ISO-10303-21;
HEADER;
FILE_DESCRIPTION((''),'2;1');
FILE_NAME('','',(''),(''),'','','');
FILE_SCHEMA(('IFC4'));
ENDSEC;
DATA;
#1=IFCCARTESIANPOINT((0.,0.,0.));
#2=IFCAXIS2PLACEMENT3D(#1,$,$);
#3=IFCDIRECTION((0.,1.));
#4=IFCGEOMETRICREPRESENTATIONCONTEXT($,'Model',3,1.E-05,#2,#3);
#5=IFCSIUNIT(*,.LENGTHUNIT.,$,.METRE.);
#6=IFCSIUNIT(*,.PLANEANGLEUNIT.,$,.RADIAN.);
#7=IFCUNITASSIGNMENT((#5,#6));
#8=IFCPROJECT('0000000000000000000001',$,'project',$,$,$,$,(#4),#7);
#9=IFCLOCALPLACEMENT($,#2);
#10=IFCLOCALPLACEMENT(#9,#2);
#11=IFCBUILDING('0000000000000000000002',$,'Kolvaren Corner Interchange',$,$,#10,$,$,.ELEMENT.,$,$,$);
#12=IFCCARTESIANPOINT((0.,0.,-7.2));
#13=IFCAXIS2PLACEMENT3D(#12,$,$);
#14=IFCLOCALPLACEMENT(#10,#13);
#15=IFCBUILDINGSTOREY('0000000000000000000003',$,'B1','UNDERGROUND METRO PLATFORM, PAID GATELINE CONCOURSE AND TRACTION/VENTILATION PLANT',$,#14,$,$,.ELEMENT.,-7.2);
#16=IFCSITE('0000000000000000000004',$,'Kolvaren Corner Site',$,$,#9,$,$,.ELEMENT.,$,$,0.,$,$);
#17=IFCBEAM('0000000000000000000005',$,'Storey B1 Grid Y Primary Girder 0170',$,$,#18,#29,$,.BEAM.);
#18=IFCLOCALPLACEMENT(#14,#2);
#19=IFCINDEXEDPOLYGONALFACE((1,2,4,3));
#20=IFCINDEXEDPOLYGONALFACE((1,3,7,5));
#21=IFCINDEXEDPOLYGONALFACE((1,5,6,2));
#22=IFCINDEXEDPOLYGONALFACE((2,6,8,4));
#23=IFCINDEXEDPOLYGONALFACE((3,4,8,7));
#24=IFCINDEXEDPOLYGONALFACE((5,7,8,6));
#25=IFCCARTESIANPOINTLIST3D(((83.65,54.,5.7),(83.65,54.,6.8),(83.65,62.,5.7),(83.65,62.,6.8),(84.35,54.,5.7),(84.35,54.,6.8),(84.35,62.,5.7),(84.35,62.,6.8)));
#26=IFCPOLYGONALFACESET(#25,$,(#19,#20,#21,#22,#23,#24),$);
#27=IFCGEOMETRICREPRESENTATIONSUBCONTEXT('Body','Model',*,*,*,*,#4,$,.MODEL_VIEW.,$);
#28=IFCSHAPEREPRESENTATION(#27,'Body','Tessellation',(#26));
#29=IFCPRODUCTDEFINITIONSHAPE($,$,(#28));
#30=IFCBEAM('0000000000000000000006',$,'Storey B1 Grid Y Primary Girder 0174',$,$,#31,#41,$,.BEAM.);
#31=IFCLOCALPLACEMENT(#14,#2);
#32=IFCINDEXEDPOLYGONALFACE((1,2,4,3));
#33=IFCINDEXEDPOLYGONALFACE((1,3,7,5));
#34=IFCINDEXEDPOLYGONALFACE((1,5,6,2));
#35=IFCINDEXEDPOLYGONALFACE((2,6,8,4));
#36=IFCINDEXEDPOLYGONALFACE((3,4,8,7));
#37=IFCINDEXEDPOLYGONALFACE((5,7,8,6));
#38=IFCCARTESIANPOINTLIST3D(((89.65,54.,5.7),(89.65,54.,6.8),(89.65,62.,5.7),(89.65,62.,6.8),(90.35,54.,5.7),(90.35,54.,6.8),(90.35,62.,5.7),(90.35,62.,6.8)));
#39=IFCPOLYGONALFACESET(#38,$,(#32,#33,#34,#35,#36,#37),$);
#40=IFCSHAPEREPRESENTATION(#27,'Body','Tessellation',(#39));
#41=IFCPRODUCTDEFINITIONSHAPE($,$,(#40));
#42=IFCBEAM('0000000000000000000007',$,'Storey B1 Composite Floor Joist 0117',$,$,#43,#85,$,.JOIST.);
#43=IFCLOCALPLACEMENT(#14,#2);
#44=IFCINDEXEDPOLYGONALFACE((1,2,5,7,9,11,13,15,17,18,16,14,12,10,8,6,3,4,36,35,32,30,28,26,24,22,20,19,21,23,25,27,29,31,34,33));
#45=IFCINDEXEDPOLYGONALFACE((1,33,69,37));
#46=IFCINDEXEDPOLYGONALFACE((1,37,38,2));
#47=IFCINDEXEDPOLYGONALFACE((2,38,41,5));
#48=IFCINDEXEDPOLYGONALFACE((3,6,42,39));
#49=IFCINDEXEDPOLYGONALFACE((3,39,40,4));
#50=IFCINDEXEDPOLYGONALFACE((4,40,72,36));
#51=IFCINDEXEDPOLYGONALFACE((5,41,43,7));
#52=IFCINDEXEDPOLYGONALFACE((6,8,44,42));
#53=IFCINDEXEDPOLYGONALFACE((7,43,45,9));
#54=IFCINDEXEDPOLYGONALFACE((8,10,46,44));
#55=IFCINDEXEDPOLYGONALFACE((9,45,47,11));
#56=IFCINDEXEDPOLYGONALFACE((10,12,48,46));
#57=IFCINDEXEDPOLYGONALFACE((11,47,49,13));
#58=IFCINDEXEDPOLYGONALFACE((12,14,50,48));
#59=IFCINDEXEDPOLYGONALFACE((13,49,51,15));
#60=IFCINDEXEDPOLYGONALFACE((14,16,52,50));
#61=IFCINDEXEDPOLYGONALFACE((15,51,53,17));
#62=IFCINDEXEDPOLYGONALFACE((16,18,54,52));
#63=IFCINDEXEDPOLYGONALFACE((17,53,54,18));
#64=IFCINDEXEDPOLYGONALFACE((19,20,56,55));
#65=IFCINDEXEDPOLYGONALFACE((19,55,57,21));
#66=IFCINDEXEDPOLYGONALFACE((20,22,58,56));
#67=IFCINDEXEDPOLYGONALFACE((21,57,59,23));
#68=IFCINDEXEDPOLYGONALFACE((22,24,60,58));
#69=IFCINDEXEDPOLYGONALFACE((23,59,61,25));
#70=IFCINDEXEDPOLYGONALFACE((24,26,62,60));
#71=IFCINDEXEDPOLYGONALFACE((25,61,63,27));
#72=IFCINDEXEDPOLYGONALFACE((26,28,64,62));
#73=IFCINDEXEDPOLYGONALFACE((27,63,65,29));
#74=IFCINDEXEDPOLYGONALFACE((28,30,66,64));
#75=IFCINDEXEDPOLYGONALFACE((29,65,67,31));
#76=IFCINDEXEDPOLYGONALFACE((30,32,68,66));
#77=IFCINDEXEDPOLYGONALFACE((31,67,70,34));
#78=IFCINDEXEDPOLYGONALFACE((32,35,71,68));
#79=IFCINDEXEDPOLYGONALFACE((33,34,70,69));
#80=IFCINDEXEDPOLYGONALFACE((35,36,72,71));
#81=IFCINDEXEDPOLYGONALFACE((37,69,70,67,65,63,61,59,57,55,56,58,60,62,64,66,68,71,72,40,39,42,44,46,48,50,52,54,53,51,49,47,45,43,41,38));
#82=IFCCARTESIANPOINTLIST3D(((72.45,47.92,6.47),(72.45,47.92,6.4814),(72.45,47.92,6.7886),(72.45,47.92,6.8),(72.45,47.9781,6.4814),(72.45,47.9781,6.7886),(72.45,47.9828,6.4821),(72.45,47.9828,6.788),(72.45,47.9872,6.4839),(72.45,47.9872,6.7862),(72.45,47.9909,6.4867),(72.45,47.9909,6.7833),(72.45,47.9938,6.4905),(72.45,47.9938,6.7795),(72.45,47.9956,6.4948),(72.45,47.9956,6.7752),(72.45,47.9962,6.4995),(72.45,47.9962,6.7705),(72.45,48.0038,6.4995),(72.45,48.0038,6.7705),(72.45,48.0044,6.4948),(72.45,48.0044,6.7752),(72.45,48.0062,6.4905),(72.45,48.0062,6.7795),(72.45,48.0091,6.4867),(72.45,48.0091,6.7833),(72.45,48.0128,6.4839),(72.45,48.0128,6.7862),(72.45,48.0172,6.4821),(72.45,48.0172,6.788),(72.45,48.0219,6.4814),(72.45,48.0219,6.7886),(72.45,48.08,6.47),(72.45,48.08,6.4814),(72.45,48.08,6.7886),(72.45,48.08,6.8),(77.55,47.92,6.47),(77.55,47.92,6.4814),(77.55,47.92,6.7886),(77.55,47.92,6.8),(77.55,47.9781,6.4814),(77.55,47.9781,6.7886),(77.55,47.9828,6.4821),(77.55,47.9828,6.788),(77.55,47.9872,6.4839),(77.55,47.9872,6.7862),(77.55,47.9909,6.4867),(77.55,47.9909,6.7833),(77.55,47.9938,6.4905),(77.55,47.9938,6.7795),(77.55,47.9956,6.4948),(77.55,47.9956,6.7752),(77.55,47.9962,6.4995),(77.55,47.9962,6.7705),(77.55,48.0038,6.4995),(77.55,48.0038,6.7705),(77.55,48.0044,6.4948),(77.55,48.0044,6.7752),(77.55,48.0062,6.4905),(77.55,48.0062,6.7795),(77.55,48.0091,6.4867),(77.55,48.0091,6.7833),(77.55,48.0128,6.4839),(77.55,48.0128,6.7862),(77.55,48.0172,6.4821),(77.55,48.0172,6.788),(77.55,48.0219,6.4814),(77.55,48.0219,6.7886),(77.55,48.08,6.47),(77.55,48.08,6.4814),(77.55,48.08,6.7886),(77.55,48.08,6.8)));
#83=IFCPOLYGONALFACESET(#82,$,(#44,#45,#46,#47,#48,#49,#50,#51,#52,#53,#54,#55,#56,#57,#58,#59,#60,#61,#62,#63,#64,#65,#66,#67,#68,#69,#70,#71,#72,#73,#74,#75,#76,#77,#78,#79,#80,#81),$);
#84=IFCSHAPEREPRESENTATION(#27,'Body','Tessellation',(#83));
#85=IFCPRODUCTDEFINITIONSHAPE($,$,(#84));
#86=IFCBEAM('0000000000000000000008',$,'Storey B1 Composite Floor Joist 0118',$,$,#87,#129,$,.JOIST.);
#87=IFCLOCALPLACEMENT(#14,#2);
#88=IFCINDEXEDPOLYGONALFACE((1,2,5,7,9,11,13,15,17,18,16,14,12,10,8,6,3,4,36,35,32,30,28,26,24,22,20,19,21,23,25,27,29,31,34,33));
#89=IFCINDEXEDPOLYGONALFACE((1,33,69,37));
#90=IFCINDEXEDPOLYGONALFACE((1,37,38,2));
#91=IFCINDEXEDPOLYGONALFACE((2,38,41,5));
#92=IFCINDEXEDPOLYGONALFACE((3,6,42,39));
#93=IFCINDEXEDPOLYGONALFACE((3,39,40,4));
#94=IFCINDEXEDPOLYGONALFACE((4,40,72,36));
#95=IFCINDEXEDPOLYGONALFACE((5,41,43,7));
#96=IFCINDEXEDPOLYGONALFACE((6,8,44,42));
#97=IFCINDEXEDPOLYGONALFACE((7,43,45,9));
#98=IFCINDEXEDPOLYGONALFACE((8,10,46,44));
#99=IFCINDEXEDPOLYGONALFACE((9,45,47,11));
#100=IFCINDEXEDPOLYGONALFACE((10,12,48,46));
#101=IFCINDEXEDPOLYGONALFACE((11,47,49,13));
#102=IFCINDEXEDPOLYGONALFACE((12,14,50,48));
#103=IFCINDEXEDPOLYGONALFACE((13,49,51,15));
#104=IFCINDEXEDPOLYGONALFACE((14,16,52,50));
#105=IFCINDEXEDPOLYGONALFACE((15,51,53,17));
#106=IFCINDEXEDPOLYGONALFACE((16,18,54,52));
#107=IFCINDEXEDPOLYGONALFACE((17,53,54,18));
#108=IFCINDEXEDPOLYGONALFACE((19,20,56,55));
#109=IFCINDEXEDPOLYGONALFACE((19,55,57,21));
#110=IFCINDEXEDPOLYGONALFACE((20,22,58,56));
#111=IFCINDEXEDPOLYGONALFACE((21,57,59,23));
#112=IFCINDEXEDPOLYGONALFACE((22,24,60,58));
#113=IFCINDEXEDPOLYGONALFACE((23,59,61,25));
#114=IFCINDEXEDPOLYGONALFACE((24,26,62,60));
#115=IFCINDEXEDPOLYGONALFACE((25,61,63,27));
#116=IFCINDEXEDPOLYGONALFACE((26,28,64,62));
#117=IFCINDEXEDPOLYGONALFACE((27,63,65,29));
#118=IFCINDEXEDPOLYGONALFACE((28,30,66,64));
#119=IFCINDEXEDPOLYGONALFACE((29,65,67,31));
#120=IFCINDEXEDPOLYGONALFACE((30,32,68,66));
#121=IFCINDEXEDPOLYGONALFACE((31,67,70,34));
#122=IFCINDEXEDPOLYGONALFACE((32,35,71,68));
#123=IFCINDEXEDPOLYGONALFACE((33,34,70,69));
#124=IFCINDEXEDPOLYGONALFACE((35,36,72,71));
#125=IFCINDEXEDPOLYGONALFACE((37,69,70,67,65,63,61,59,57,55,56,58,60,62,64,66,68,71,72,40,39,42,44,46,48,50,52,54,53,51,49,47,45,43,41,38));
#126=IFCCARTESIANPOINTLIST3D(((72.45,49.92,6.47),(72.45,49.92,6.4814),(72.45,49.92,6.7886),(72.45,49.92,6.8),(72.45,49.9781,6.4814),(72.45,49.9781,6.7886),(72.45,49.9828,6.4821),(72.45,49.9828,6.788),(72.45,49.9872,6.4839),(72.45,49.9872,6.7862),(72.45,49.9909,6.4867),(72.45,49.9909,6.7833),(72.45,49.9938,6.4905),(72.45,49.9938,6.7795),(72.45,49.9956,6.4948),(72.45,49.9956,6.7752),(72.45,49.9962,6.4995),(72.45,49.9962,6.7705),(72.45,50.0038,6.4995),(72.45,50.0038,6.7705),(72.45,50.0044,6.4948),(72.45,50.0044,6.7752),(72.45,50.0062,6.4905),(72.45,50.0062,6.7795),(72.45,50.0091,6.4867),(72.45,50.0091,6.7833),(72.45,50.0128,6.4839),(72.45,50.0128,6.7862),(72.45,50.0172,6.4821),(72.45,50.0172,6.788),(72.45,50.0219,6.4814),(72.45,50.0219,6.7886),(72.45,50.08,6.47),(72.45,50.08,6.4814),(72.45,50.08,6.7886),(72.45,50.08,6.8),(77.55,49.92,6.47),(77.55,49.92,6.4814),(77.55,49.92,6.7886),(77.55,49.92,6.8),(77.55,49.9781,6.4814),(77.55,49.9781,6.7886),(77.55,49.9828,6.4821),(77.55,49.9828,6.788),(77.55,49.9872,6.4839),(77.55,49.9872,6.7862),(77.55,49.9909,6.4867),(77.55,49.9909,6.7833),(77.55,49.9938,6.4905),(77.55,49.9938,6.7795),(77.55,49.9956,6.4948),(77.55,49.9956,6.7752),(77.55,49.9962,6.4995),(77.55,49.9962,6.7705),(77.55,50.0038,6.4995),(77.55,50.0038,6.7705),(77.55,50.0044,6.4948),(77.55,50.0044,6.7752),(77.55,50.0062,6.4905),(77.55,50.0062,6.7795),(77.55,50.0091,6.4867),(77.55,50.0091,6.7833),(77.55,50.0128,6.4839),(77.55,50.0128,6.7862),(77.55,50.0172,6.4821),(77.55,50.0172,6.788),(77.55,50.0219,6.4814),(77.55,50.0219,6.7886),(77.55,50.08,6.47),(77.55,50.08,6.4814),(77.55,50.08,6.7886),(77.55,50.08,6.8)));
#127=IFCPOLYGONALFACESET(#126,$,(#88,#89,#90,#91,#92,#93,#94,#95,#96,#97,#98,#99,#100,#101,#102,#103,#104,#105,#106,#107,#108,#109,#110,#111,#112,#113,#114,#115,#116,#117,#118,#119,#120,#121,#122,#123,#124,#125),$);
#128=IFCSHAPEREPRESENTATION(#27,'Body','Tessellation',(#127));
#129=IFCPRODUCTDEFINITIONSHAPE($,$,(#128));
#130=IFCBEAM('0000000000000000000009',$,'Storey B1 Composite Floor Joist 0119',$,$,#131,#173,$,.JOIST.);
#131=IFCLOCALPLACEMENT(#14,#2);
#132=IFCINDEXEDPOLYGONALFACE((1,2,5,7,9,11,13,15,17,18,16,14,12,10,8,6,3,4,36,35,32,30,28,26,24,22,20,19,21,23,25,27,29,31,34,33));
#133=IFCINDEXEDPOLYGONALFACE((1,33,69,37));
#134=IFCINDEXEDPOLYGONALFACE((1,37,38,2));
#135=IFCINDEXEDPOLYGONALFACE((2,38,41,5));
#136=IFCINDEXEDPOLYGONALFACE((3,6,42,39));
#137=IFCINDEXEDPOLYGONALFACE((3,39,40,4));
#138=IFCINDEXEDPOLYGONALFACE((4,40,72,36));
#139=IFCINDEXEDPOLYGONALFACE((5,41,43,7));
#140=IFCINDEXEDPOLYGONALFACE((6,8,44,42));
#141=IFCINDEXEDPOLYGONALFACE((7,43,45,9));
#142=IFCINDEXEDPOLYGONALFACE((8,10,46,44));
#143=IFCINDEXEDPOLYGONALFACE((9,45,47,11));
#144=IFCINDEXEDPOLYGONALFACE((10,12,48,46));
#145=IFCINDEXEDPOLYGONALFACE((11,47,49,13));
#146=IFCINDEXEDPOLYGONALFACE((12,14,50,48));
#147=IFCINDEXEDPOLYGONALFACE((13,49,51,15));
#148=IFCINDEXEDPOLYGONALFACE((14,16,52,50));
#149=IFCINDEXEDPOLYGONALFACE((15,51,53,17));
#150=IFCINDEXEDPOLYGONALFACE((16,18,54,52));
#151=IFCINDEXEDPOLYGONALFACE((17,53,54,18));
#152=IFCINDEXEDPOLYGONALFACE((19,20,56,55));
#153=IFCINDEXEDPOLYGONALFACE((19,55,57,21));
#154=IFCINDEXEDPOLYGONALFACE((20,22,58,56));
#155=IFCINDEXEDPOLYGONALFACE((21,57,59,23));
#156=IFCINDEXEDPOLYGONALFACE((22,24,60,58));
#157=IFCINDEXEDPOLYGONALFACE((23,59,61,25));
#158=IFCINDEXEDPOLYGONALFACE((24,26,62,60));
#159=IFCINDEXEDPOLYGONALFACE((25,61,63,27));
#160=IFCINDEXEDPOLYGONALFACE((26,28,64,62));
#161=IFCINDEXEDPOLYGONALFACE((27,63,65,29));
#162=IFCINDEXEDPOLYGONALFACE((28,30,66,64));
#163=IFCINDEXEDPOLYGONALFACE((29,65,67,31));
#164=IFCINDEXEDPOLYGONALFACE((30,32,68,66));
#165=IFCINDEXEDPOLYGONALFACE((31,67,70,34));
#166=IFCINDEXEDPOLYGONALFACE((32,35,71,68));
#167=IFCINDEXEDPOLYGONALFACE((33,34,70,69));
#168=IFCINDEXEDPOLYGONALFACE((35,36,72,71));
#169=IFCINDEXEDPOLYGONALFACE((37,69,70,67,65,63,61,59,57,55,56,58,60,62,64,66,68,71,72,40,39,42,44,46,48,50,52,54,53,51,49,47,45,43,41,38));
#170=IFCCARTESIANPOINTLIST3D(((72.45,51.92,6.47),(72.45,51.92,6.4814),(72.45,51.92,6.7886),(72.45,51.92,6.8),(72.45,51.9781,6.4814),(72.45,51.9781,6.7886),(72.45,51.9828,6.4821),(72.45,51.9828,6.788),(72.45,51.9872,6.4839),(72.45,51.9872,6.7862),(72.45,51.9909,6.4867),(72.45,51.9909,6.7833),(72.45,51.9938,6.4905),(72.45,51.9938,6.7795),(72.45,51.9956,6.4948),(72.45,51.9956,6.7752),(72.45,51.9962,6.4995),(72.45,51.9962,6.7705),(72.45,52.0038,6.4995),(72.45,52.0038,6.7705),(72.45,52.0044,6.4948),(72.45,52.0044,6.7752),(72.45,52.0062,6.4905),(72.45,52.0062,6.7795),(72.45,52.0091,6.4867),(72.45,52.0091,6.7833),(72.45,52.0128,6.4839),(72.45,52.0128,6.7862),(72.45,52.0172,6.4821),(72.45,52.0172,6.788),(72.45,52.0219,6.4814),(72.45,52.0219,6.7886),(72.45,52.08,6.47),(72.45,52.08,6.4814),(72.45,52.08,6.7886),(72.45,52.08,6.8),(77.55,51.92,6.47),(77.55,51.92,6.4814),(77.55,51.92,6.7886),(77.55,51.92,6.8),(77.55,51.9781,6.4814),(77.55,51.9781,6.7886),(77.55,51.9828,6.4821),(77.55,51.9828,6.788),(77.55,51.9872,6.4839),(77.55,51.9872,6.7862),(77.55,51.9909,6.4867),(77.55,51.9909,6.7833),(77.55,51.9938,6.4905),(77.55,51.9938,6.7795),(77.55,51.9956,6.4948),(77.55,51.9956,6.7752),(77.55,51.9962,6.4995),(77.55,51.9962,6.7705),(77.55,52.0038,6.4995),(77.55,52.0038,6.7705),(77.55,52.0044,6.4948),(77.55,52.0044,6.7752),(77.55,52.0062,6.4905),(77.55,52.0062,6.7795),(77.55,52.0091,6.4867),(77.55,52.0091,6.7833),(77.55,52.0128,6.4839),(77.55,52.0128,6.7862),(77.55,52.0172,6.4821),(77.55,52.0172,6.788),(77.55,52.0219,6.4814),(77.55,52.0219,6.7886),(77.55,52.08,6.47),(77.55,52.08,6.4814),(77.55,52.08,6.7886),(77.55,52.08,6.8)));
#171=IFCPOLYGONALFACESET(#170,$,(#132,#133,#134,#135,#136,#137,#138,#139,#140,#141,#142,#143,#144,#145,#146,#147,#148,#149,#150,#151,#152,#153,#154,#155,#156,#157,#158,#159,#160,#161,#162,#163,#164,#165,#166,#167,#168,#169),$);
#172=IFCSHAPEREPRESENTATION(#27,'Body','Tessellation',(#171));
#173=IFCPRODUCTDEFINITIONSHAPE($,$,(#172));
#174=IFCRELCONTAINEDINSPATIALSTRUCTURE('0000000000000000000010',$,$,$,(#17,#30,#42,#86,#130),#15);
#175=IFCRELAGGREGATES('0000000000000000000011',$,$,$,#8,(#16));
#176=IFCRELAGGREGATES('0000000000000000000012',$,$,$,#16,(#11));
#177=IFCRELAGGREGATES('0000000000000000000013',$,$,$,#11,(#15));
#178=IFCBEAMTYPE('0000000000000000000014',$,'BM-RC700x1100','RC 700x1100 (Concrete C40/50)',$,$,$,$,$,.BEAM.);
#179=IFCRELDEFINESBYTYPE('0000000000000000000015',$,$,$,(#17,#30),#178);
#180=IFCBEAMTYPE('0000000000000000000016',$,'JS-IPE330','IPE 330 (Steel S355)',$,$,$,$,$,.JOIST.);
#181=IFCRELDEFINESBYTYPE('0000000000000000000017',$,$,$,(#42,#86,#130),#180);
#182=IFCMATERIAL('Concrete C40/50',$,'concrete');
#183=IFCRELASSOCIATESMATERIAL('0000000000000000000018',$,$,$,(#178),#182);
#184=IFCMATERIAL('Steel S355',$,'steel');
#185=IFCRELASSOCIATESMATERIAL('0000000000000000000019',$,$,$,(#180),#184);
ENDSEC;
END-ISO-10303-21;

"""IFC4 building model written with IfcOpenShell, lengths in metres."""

from ifc_helpers import new_model, si_unit, direction, frame, origin, origin_2d, place, context, subcontext, project, spatial, rectangle, i_section, extrude, material, material_profile, profile_set, type_object, element, save


model = new_model("IFC4")

# Units and contexts
model_context = context("Model", 3, precision=1e-05, world=origin(), true_north=direction((0.0, 1.0)))
body_context = subcontext(model_context, "Body", "Model", "MODEL_VIEW")
ifc_project = project(units=[si_unit("LENGTHUNIT", "METRE"), si_unit("PLANEANGLEUNIT", "RADIAN")], contexts=[model_context])

# Site, building, storey
site_placement = place(None, origin())
site = spatial("IfcSite", under=ifc_project, at=site_placement, Name="Kolvaren Corner Site", CompositionType="ELEMENT", RefElevation=0.0)
building_placement = place(site_placement, origin())
building = spatial("IfcBuilding", under=site, at=building_placement, Name="Kolvaren Corner Interchange", CompositionType="ELEMENT")
storey_placement = place(building_placement, frame((0.0, 0.0, -7.2)))
storey = spatial("IfcBuildingStorey", under=building, at=storey_placement, Name="B1", Description="UNDERGROUND METRO PLATFORM, PAID GATELINE CONCOURSE AND TRACTION/VENTILATION PLANT", CompositionType="ELEMENT", Elevation=-7.2)

# Beams
ifc_material_1 = material(Name="Concrete C40/50", Category="concrete")
ifc_material_profile_1 = material_profile(ifc_material_1, rectangle(XDim=0.7, YDim=1.1001, at=origin_2d()), Name="RC 700x1100")
ifc_profile_set_1 = profile_set([ifc_material_profile_1], Name="Concrete C40/50")
beam_type_1 = type_object("IfcBeamType", Name="BM-RC700x1100", Description="RC 700x1100 (Concrete C40/50)", PredefinedType="BEAM", material=ifc_profile_set_1)
for number, where, z_axis, x_axis, name in (
    (1, (84.0, 54.0, 6.25), (0.0, 1.0, 0.0), (-1.0, 0.0, 0.0), "Storey B1 Grid Y Primary Girder 0170"),
    (2, (90.0, 54.0, 6.25), (0.0, 1.0, 0.0), (-1.0, 0.0, 0.0), "Storey B1 Grid Y Primary Girder 0174"),
):
    element("IfcBeam", number, at=place(storey_placement, frame(where, z_axis=z_axis, x_axis=x_axis)), inside=storey, type_object=beam_type_1, Name=name, PredefinedType="BEAM", context=body_context, shape_type="SweptSolid", body=[
        extrude(rectangle(XDim=0.7, YDim=1.1001, at=origin_2d()), origin(), (0.0, 0.0, 1.0), 8.0),
    ])
ifc_material_2 = material(Name="Steel S355", Category="steel")
ifc_material_profile_2 = material_profile(ifc_material_2, i_section(OverallWidth=0.1599, OverallDepth=0.3301, WebThickness=0.0076, FlangeThickness=0.0115, FilletRadius=0.0181, at=origin_2d()), Name="IPE 330")
ifc_profile_set_2 = profile_set([ifc_material_profile_2], Name="Steel S355")
beam_type_2 = type_object("IfcBeamType", Name="JS-IPE330", Description="IPE 330 (Steel S355)", PredefinedType="JOIST", material=ifc_profile_set_2)
for number, where, z_axis, x_axis, name in (
    (3, (72.45, 48.0, 6.635), (1.0, 0.0, 0.0), (0.0, 1.0, 0.0), "Storey B1 Composite Floor Joist 0117"),
    (4, (72.45, 50.0, 6.635), (1.0, 0.0, 0.0), (0.0, 1.0, 0.0), "Storey B1 Composite Floor Joist 0118"),
    (5, (72.45, 52.0, 6.635), (1.0, 0.0, 0.0), (0.0, 1.0, 0.0), "Storey B1 Composite Floor Joist 0119"),
):
    element("IfcBeam", number, at=place(storey_placement, frame(where, z_axis=z_axis, x_axis=x_axis)), inside=storey, type_object=beam_type_2, Name=name, PredefinedType="JOIST", context=body_context, shape_type="SweptSolid", body=[
        extrude(i_section(OverallWidth=0.1599, OverallDepth=0.3301, WebThickness=0.0076, FlangeThickness=0.0115, FilletRadius=0.0181, at=origin_2d()), origin(), (0.0, 0.0, 1.0), 5.1001),
    ])

save(model, "model.ifc")
